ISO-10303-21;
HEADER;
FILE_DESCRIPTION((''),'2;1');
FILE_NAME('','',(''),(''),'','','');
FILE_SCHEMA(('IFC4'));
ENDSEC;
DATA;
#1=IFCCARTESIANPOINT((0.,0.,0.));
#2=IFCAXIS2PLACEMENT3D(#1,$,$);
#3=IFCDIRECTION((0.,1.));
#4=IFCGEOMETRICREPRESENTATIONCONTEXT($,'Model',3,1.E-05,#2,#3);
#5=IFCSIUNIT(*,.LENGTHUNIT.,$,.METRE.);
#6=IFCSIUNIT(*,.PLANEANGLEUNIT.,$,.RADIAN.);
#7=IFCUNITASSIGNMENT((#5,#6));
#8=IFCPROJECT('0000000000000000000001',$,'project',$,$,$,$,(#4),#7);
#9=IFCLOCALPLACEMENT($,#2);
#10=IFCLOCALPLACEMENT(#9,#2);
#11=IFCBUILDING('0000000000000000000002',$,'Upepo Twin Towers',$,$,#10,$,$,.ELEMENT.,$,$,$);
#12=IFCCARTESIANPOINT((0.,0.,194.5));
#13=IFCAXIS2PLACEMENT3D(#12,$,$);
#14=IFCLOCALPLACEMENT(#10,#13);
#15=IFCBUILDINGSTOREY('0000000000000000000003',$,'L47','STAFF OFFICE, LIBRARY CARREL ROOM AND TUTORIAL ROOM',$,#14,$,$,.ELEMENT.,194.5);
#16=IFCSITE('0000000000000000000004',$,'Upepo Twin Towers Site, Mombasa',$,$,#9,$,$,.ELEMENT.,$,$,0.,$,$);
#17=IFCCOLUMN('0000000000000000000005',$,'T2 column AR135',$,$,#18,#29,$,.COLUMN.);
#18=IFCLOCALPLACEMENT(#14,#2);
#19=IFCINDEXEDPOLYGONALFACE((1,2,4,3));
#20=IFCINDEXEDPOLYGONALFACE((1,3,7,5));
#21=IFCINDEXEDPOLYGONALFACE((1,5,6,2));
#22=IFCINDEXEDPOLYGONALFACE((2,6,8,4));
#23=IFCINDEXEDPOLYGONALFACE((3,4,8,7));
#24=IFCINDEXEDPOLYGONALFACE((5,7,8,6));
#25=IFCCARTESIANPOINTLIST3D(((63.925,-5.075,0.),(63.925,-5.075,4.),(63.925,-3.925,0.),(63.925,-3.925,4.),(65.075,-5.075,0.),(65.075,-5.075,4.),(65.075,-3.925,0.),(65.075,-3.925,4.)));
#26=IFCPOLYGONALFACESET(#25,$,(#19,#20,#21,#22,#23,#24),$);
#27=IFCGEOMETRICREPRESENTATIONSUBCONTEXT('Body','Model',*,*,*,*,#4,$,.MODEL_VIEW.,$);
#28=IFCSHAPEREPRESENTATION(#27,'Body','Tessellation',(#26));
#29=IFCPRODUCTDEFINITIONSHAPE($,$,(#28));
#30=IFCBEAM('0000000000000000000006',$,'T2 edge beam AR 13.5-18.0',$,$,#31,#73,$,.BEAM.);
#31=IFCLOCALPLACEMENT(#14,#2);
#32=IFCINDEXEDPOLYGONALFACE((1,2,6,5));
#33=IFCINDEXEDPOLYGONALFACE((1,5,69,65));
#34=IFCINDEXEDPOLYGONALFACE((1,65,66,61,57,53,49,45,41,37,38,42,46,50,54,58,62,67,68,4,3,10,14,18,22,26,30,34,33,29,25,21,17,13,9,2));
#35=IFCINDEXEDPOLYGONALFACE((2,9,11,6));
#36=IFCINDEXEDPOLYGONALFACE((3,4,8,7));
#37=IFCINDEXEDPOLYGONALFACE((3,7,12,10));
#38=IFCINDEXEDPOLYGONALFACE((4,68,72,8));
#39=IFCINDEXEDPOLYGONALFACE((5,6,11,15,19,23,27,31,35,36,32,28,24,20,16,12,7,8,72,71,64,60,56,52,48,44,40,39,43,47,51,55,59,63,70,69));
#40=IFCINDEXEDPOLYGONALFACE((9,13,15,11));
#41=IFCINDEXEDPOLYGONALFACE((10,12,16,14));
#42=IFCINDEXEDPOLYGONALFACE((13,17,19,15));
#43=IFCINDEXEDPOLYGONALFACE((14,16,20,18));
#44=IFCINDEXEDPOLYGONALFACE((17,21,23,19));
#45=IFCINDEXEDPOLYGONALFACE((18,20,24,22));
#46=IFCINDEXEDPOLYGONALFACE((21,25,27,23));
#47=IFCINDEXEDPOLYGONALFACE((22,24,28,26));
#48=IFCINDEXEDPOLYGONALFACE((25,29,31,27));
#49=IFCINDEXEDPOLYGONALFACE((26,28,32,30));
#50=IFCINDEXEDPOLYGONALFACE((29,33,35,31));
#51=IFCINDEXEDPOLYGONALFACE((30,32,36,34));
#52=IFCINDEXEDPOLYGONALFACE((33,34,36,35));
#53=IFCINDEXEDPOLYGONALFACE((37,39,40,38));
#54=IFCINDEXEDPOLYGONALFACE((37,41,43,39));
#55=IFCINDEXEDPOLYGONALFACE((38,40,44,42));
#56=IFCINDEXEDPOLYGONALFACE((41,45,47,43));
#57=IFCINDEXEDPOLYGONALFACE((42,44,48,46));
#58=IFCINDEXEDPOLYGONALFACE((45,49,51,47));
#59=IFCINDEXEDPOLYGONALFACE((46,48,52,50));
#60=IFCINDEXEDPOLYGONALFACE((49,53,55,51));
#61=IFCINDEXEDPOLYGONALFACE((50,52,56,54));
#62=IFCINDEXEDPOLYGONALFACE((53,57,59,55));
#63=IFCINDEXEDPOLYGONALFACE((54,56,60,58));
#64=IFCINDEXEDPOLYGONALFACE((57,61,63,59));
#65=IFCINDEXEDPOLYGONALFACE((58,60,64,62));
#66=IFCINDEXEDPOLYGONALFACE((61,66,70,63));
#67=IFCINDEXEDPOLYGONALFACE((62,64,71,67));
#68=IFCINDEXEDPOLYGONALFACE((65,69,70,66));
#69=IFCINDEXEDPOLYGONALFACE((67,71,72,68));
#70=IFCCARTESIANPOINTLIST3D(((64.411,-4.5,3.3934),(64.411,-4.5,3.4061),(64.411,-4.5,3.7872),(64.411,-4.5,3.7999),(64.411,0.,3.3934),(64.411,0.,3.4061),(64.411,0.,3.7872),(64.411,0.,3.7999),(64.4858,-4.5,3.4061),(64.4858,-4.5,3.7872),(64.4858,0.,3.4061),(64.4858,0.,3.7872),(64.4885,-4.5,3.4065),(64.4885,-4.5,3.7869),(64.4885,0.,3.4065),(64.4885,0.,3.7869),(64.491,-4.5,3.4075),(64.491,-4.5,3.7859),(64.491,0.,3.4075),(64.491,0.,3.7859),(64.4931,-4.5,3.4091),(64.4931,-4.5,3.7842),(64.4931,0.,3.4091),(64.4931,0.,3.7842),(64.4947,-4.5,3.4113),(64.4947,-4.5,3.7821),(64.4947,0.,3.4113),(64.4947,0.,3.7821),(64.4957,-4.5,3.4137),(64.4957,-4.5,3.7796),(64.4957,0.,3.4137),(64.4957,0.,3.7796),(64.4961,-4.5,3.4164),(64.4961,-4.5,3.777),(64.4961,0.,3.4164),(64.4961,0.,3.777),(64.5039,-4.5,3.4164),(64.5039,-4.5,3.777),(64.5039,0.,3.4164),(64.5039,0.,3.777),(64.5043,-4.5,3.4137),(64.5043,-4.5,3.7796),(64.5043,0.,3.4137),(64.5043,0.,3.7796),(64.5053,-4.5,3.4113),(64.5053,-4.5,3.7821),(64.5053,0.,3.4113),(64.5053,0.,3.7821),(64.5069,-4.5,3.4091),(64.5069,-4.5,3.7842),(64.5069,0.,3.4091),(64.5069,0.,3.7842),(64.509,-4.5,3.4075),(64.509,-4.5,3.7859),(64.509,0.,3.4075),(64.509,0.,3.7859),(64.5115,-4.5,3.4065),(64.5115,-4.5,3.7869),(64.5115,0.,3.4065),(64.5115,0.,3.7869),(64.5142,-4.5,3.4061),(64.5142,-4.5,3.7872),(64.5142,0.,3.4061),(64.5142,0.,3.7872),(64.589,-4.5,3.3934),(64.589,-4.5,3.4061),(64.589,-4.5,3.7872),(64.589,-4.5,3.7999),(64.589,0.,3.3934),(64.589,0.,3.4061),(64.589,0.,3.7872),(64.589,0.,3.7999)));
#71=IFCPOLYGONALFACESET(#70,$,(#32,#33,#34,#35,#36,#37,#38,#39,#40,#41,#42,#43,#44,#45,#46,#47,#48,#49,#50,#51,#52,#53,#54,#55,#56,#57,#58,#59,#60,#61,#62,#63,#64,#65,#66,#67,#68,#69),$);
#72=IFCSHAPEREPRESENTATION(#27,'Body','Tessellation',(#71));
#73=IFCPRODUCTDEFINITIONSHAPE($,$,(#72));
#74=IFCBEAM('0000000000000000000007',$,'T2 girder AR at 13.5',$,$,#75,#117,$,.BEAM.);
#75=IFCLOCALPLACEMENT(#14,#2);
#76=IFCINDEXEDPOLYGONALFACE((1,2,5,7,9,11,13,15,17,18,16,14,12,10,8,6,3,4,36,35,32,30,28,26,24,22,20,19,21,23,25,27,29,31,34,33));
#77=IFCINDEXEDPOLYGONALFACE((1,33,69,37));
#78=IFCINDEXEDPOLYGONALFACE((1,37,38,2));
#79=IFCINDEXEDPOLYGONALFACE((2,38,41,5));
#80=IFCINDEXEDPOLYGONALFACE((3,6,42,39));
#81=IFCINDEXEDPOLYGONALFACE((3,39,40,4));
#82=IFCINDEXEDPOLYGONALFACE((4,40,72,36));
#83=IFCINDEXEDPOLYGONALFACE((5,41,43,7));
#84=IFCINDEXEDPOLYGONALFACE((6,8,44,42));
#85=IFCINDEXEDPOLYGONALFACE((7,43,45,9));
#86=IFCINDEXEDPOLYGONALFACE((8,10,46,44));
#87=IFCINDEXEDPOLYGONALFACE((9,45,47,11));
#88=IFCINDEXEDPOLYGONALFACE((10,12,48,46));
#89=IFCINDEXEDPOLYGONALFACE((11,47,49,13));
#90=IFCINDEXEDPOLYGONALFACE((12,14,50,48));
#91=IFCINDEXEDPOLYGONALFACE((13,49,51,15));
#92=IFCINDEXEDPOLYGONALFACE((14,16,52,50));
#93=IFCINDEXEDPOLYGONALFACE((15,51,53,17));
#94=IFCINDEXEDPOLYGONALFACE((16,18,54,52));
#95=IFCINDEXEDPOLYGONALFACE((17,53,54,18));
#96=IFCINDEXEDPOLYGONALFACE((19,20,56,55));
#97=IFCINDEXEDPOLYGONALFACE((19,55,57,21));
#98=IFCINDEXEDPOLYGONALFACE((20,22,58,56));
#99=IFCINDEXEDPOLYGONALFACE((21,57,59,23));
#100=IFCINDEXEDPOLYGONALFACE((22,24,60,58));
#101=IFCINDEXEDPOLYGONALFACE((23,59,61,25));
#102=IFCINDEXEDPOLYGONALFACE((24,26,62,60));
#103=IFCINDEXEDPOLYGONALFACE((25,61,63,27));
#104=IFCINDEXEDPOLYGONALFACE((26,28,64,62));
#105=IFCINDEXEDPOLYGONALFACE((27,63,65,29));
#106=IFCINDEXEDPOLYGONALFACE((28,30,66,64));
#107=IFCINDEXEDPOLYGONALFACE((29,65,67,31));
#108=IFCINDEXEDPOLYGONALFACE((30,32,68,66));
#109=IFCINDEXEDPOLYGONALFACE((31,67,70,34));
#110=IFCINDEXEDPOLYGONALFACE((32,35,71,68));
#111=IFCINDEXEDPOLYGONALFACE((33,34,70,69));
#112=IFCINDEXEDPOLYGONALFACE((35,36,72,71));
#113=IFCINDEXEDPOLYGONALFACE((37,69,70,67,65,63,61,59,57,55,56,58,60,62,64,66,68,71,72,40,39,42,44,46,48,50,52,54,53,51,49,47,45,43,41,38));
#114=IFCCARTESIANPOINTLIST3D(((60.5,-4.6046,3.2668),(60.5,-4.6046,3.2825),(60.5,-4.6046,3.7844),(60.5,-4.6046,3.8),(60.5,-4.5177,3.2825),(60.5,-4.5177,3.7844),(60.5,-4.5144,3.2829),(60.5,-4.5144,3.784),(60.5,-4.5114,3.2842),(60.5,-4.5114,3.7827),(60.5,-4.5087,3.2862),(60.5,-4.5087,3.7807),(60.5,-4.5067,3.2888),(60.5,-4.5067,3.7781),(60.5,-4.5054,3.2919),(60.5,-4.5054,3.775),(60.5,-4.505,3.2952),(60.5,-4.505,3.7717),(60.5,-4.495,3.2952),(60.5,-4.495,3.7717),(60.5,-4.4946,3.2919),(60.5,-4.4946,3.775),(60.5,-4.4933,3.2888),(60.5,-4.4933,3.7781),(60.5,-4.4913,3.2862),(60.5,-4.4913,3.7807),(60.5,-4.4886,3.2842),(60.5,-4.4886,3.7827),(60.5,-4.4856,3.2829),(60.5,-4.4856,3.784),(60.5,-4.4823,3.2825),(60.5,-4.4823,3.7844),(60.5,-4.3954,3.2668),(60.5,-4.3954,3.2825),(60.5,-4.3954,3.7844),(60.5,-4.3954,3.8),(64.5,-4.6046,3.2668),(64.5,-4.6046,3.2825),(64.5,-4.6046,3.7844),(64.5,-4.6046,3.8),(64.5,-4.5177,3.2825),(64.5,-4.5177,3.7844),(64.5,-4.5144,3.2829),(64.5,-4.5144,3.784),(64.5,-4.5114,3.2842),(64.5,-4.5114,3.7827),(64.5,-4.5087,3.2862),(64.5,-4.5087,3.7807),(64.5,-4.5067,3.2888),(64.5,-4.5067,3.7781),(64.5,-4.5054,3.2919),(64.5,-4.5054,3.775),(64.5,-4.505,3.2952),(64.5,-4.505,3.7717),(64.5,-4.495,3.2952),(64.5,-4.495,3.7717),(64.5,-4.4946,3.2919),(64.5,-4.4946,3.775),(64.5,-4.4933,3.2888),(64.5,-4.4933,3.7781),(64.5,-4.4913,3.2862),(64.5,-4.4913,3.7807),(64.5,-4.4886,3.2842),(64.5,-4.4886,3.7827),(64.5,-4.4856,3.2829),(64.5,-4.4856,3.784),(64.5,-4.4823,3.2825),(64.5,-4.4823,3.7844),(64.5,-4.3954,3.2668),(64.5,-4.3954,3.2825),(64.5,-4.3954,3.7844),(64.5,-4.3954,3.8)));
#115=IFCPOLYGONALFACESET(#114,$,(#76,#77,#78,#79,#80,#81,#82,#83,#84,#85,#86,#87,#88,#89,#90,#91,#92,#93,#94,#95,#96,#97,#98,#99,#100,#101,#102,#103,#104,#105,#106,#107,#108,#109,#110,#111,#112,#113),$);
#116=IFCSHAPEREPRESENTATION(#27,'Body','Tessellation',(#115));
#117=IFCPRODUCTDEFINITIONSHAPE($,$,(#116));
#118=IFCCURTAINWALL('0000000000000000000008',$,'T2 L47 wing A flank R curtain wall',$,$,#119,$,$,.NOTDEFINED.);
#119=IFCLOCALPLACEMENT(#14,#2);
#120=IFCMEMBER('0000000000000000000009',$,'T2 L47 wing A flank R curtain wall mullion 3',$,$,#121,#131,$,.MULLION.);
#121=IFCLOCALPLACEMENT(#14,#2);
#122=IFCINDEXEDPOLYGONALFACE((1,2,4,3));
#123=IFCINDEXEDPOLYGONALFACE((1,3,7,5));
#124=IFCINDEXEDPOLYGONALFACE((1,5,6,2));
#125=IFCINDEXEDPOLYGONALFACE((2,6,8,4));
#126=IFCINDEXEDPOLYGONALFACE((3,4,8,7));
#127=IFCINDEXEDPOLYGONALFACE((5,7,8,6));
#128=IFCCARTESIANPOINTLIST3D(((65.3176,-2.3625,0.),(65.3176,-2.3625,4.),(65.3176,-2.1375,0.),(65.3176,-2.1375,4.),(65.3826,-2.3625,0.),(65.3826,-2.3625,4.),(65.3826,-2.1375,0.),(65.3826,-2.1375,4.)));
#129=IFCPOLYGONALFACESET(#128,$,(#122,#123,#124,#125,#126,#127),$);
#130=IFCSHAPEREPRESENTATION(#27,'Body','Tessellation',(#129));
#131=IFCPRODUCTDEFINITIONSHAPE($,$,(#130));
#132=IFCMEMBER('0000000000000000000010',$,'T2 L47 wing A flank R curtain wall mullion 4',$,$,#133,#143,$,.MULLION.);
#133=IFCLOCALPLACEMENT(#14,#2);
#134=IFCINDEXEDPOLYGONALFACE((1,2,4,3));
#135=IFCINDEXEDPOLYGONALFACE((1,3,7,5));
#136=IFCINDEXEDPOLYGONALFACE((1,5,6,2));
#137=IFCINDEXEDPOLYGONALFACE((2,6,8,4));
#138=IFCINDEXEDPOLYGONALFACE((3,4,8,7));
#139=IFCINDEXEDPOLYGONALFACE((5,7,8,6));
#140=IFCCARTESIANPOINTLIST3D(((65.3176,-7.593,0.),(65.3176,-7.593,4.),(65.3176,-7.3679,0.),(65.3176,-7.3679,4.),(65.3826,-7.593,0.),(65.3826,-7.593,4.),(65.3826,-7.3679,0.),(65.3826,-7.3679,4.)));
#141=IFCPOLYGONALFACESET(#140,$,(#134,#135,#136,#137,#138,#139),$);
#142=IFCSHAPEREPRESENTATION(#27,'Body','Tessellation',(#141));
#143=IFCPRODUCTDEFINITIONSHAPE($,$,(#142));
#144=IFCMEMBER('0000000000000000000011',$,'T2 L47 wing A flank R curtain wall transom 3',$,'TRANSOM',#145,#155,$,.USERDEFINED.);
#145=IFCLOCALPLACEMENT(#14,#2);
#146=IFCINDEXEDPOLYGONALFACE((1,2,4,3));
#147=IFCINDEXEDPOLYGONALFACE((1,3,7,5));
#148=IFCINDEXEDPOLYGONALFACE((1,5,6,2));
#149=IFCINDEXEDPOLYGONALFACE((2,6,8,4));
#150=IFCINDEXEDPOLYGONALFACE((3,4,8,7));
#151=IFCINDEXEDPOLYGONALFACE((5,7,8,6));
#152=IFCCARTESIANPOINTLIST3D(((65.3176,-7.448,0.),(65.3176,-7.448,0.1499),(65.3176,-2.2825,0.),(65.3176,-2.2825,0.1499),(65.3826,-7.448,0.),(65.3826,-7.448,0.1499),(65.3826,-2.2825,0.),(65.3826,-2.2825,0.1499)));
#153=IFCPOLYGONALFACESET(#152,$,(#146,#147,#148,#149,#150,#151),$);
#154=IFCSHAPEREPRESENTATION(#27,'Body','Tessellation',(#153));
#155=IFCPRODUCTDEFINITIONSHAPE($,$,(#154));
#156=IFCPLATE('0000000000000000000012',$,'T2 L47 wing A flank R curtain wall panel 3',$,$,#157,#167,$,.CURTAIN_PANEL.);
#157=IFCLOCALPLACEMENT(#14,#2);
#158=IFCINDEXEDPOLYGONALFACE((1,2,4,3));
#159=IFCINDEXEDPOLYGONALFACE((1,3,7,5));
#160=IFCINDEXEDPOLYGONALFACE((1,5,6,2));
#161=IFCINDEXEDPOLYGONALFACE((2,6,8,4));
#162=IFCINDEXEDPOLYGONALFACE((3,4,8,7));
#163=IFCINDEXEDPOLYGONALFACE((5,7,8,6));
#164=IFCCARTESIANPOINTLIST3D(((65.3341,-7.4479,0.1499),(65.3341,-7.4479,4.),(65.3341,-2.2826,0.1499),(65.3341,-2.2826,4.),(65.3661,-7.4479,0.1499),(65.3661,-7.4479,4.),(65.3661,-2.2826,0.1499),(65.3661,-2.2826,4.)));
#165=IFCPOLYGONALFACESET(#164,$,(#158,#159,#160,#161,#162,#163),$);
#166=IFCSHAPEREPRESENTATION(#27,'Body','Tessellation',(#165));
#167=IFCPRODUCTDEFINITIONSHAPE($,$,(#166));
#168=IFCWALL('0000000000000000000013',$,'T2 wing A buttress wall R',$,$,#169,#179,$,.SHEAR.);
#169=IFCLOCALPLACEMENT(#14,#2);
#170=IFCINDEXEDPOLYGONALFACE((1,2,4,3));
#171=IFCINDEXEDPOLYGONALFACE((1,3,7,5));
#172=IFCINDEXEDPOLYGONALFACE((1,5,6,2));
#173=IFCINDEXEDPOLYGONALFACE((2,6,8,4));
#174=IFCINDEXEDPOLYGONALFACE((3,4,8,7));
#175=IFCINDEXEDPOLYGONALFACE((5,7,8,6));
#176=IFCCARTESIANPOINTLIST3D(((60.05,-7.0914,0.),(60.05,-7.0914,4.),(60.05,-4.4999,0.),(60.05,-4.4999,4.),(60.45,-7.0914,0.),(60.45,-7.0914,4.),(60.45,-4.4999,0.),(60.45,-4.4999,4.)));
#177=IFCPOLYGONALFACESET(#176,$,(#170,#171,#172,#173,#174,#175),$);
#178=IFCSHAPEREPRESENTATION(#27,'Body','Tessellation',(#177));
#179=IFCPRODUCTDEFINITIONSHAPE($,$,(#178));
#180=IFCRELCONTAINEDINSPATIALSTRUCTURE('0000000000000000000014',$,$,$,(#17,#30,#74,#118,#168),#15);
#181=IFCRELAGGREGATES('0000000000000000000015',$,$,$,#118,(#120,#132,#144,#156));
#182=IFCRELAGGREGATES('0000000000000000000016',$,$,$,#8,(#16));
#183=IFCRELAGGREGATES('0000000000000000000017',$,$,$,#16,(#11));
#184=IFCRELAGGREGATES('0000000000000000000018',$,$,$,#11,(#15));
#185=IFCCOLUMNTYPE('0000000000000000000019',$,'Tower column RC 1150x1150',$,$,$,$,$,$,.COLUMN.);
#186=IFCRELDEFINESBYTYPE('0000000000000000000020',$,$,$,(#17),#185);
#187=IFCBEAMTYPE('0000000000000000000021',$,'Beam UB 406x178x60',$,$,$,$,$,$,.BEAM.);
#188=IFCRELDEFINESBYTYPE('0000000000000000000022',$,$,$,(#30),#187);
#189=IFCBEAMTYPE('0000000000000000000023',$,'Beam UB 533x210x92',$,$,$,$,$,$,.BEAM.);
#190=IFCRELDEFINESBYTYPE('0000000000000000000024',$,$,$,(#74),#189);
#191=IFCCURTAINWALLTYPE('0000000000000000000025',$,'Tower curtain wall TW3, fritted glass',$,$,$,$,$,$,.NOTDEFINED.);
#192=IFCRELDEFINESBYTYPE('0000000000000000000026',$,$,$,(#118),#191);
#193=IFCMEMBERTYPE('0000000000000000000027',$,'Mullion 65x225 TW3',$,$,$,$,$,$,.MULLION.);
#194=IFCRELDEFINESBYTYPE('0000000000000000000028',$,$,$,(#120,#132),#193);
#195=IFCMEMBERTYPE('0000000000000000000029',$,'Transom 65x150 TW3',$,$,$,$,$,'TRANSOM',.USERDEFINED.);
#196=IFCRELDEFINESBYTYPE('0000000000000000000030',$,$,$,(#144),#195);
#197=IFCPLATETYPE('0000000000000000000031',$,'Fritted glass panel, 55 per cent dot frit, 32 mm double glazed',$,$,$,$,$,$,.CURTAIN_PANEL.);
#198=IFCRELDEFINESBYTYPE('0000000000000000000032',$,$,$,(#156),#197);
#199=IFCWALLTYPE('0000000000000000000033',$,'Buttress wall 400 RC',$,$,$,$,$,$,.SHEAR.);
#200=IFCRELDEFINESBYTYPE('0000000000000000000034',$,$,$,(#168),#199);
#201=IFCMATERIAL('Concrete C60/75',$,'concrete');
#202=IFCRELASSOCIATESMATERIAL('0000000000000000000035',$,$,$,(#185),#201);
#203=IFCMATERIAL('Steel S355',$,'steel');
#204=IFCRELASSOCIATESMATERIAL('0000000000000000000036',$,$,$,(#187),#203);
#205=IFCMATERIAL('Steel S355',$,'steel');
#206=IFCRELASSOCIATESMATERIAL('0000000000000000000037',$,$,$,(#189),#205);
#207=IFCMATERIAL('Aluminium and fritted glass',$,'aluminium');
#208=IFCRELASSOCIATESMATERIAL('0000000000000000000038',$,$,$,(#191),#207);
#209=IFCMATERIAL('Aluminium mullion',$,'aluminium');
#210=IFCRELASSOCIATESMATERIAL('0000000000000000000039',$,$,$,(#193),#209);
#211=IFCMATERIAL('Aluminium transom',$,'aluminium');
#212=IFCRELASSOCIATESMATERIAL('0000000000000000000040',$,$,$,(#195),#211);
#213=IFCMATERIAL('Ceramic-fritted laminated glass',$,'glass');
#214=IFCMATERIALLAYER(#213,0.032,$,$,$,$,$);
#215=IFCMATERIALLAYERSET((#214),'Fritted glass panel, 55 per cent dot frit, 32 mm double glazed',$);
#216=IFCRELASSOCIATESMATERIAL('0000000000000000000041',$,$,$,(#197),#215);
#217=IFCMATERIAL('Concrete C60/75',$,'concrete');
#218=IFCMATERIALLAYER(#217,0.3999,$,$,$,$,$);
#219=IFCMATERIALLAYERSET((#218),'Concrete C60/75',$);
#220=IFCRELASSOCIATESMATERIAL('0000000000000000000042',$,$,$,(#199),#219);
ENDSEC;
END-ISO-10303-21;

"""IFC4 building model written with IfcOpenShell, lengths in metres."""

from ifc_helpers import new_model, si_unit, direction, frame, frame_2d, origin, origin_2d, place, context, subcontext, project, spatial, rectangle, i_section, extrude, material, layer, layer_set, material_profile, profile_set, type_object, element, aggregate, save


model = new_model("IFC4")

# Units and contexts
model_context = context("Model", 3, precision=1e-05, world=origin(), true_north=direction((0.0, 1.0)))
body_context = subcontext(model_context, "Body", "Model", "MODEL_VIEW")
ifc_project = project(units=[si_unit("LENGTHUNIT", "METRE"), si_unit("PLANEANGLEUNIT", "RADIAN")], contexts=[model_context])

# Site, building, storey
site_placement = place(None, origin())
site = spatial("IfcSite", under=ifc_project, at=site_placement, Name="Upepo Twin Towers Site, Mombasa", CompositionType="ELEMENT", RefElevation=0.0)
building_placement = place(site_placement, origin())
building = spatial("IfcBuilding", under=site, at=building_placement, Name="Upepo Twin Towers", CompositionType="ELEMENT")
storey_placement = place(building_placement, frame((0.0, 0.0, 194.5)))
storey = spatial("IfcBuildingStorey", under=building, at=storey_placement, Name="L47", Description="STAFF OFFICE, LIBRARY CARREL ROOM AND TUTORIAL ROOM", CompositionType="ELEMENT", Elevation=194.5)

# Column
ifc_material_1 = material(Name="Concrete C60/75", Category="concrete")
ifc_material_profile_1 = material_profile(ifc_material_1, rectangle(XDim=1.1499, YDim=1.1499, at=origin_2d()), Name="RC 1150x1150")
ifc_profile_set_1 = profile_set([ifc_material_profile_1], Name="Concrete C60/75")
column_type = type_object("IfcColumnType", Name="Tower column RC 1150x1150", PredefinedType="COLUMN", material=ifc_profile_set_1)
column_placement = place(storey_placement, frame((64.5, -4.5, 0.0), z_axis=(0.0, 0.0, 1.0), x_axis=(1.0, 0.0, 0.0)))
element("IfcColumn", 1, at=column_placement, inside=storey, type_object=column_type, Name="T2 column AR135", PredefinedType="COLUMN", context=body_context, shape_type="SweptSolid", body=[
    extrude(rectangle(XDim=1.1499, YDim=1.1499, at=origin_2d()), origin(), (0.0, 0.0, 1.0), 4.0),
])

# Beams
ifc_material_2 = material(Name="Steel S355", Category="steel")
ifc_material_profile_2 = material_profile(ifc_material_2, i_section(OverallWidth=0.178, OverallDepth=0.4065, WebThickness=0.0078, FlangeThickness=0.0127, FilletRadius=0.0103, at=origin_2d()), Name="UB 406x178x60")
ifc_profile_set_2 = profile_set([ifc_material_profile_2], Name="Steel S355")
beam_type_1 = type_object("IfcBeamType", Name="Beam UB 406x178x60", PredefinedType="BEAM", material=ifc_profile_set_2)
beam_1_placement = place(storey_placement, frame((64.5, -4.5, 3.5967), z_axis=(0.0, 1.0, 0.0), x_axis=(-1.0, 0.0, 0.0)))
element("IfcBeam", 2, at=beam_1_placement, inside=storey, type_object=beam_type_1, Name="T2 edge beam AR 13.5-18.0", PredefinedType="BEAM", context=body_context, shape_type="SweptSolid", body=[
    extrude(i_section(OverallWidth=0.178, OverallDepth=0.4065, WebThickness=0.0078, FlangeThickness=0.0127, FilletRadius=0.0103, at=origin_2d()), origin(), (0.0, 0.0, 1.0), 4.5),
])
ifc_material_3 = material(Name="Steel S355", Category="steel")
ifc_material_profile_3 = material_profile(ifc_material_3, i_section(OverallWidth=0.2092, OverallDepth=0.5332, WebThickness=0.01, FlangeThickness=0.0156, FilletRadius=0.0127, at=origin_2d()), Name="UB 533x210x92")
ifc_profile_set_3 = profile_set([ifc_material_profile_3], Name="Steel S355")
beam_type_2 = type_object("IfcBeamType", Name="Beam UB 533x210x92", PredefinedType="BEAM", material=ifc_profile_set_3)
beam_2_placement = place(storey_placement, frame((64.5, -4.5, 3.5334), z_axis=(-1.0, 0.0, 0.0), x_axis=(0.0, -1.0, 0.0)))
element("IfcBeam", 3, at=beam_2_placement, inside=storey, type_object=beam_type_2, Name="T2 girder AR at 13.5", PredefinedType="BEAM", context=body_context, shape_type="SweptSolid", body=[
    extrude(i_section(OverallWidth=0.2092, OverallDepth=0.5332, WebThickness=0.01, FlangeThickness=0.0156, FilletRadius=0.0127, at=origin_2d()), origin(), (0.0, 0.0, 1.0), 4.0),
])

# Curtain wall, members, plate
ifc_material_4 = material(Name="Aluminium and fritted glass", Category="aluminium")
curtain_wall_type = type_object("IfcCurtainWallType", Name="Tower curtain wall TW3, fritted glass", PredefinedType="NOTDEFINED", material=ifc_material_4)
curtain_wall_placement = place(storey_placement, origin())
curtain_wall = element("IfcCurtainWall", 4, at=curtain_wall_placement, inside=storey, type_object=curtain_wall_type, Name="T2 L47 wing A flank R curtain wall", PredefinedType="NOTDEFINED")
ifc_material_5 = material(Name="Aluminium mullion", Category="aluminium")
ifc_material_profile_4 = material_profile(ifc_material_5, rectangle(XDim=0.0649, YDim=0.2251, at=origin_2d()), Name="MULLION 65x225")
ifc_profile_set_4 = profile_set([ifc_material_profile_4], Name="Aluminium mullion")
member_type_1 = type_object("IfcMemberType", Name="Mullion 65x225 TW3", PredefinedType="MULLION", material=ifc_profile_set_4)
member_1_placement = place(storey_placement, frame((65.3501, -2.25, 0.0), z_axis=(0.0, 0.0, 1.0), x_axis=(1.0, 0.0, 0.0)))
member_1 = element("IfcMember", 5, at=member_1_placement, type_object=member_type_1, Name="T2 L47 wing A flank R curtain wall mullion 3", PredefinedType="MULLION", context=body_context, shape_type="SweptSolid", body=[
    extrude(rectangle(XDim=0.0649, YDim=0.2251, at=origin_2d()), origin(), (0.0, 0.0, 1.0), 4.0),
])
member_2_placement = place(storey_placement, frame((65.3501, -7.4805, 0.0), z_axis=(0.0, 0.0, 1.0), x_axis=(1.0, 0.0, 0.0)))
member_2 = element("IfcMember", 6, at=member_2_placement, type_object=member_type_1, Name="T2 L47 wing A flank R curtain wall mullion 4", PredefinedType="MULLION", context=body_context, shape_type="SweptSolid", body=[
    extrude(rectangle(XDim=0.0649, YDim=0.2251, at=origin_2d()), origin(), (0.0, 0.0, 1.0), 4.0),
])
ifc_material_6 = material(Name="Aluminium transom", Category="aluminium")
ifc_material_profile_5 = material_profile(ifc_material_6, rectangle(XDim=0.0649, YDim=0.1499, at=origin_2d()), Name="TRANSOM 65x150")
ifc_profile_set_5 = profile_set([ifc_material_profile_5], Name="Aluminium transom")
member_type_2 = type_object("IfcMemberType", Name="Transom 65x150 TW3", ElementType="TRANSOM", PredefinedType="USERDEFINED", material=ifc_profile_set_5)
member_3_placement = place(storey_placement, frame((65.3501, -2.2825, 0.075), z_axis=(0.0, -1.0, 0.0), x_axis=(1.0, 0.0, 0.0)))
member_3 = element("IfcMember", 7, at=member_3_placement, type_object=member_type_2, Name="T2 L47 wing A flank R curtain wall transom 3", ObjectType="TRANSOM", PredefinedType="USERDEFINED", context=body_context, shape_type="SweptSolid", body=[
    extrude(rectangle(XDim=0.0649, YDim=0.1499, at=origin_2d()), origin(), (0.0, 0.0, 1.0), 5.1655),
])
ifc_material_7 = material(Name="Ceramic-fritted laminated glass", Category="glass")
ifc_layer_1 = layer(ifc_material_7, 0.032)
ifc_layer_set_1 = layer_set([ifc_layer_1], Name="Fritted glass panel, 55 per cent dot frit, 32 mm double glazed")
plate_type = type_object("IfcPlateType", Name="Fritted glass panel, 55 per cent dot frit, 32 mm double glazed", PredefinedType="CURTAIN_PANEL", material=ifc_layer_set_1)
plate_placement = place(storey_placement, frame((65.3501, -4.8652, 0.1499), z_axis=(0.0, 0.0, 1.0), x_axis=(0.0, -1.0, 0.0)))
plate = element("IfcPlate", 8, at=plate_placement, type_object=plate_type, Name="T2 L47 wing A flank R curtain wall panel 3", PredefinedType="CURTAIN_PANEL", context=body_context, shape_type="SweptSolid", body=[
    extrude(rectangle(XDim=5.1653, YDim=0.032, at=origin_2d()), origin(), (0.0, 0.0, 1.0), 3.8501),
])
aggregate(curtain_wall, [member_1, member_2, member_3, plate])

# Wall
ifc_material_8 = material(Name="Concrete C60/75", Category="concrete")
ifc_layer_2 = layer(ifc_material_8, 0.3999)
ifc_layer_set_2 = layer_set([ifc_layer_2], Name="Concrete C60/75")
wall_type_1 = type_object("IfcWallType", Name="Buttress wall 400 RC", PredefinedType="SHEAR", material=ifc_layer_set_2)
wall_1_placement = place(storey_placement, frame((60.25, -7.0916, 0.0), z_axis=(0.0, 0.0, 1.0), x_axis=(0.0, 1.0, 0.0)))
element("IfcWall", 9, at=wall_1_placement, inside=storey, type_object=wall_type_1, Name="T2 wing A buttress wall R", PredefinedType="SHEAR", context=body_context, shape_type="SweptSolid", body=[
    extrude(rectangle(XDim=2.5916, YDim=0.3999, at=frame_2d((1.2959, 0.0))), origin(), (0.0, 0.0, 1.0), 4.0),
])

save(model, "model.ifc")
